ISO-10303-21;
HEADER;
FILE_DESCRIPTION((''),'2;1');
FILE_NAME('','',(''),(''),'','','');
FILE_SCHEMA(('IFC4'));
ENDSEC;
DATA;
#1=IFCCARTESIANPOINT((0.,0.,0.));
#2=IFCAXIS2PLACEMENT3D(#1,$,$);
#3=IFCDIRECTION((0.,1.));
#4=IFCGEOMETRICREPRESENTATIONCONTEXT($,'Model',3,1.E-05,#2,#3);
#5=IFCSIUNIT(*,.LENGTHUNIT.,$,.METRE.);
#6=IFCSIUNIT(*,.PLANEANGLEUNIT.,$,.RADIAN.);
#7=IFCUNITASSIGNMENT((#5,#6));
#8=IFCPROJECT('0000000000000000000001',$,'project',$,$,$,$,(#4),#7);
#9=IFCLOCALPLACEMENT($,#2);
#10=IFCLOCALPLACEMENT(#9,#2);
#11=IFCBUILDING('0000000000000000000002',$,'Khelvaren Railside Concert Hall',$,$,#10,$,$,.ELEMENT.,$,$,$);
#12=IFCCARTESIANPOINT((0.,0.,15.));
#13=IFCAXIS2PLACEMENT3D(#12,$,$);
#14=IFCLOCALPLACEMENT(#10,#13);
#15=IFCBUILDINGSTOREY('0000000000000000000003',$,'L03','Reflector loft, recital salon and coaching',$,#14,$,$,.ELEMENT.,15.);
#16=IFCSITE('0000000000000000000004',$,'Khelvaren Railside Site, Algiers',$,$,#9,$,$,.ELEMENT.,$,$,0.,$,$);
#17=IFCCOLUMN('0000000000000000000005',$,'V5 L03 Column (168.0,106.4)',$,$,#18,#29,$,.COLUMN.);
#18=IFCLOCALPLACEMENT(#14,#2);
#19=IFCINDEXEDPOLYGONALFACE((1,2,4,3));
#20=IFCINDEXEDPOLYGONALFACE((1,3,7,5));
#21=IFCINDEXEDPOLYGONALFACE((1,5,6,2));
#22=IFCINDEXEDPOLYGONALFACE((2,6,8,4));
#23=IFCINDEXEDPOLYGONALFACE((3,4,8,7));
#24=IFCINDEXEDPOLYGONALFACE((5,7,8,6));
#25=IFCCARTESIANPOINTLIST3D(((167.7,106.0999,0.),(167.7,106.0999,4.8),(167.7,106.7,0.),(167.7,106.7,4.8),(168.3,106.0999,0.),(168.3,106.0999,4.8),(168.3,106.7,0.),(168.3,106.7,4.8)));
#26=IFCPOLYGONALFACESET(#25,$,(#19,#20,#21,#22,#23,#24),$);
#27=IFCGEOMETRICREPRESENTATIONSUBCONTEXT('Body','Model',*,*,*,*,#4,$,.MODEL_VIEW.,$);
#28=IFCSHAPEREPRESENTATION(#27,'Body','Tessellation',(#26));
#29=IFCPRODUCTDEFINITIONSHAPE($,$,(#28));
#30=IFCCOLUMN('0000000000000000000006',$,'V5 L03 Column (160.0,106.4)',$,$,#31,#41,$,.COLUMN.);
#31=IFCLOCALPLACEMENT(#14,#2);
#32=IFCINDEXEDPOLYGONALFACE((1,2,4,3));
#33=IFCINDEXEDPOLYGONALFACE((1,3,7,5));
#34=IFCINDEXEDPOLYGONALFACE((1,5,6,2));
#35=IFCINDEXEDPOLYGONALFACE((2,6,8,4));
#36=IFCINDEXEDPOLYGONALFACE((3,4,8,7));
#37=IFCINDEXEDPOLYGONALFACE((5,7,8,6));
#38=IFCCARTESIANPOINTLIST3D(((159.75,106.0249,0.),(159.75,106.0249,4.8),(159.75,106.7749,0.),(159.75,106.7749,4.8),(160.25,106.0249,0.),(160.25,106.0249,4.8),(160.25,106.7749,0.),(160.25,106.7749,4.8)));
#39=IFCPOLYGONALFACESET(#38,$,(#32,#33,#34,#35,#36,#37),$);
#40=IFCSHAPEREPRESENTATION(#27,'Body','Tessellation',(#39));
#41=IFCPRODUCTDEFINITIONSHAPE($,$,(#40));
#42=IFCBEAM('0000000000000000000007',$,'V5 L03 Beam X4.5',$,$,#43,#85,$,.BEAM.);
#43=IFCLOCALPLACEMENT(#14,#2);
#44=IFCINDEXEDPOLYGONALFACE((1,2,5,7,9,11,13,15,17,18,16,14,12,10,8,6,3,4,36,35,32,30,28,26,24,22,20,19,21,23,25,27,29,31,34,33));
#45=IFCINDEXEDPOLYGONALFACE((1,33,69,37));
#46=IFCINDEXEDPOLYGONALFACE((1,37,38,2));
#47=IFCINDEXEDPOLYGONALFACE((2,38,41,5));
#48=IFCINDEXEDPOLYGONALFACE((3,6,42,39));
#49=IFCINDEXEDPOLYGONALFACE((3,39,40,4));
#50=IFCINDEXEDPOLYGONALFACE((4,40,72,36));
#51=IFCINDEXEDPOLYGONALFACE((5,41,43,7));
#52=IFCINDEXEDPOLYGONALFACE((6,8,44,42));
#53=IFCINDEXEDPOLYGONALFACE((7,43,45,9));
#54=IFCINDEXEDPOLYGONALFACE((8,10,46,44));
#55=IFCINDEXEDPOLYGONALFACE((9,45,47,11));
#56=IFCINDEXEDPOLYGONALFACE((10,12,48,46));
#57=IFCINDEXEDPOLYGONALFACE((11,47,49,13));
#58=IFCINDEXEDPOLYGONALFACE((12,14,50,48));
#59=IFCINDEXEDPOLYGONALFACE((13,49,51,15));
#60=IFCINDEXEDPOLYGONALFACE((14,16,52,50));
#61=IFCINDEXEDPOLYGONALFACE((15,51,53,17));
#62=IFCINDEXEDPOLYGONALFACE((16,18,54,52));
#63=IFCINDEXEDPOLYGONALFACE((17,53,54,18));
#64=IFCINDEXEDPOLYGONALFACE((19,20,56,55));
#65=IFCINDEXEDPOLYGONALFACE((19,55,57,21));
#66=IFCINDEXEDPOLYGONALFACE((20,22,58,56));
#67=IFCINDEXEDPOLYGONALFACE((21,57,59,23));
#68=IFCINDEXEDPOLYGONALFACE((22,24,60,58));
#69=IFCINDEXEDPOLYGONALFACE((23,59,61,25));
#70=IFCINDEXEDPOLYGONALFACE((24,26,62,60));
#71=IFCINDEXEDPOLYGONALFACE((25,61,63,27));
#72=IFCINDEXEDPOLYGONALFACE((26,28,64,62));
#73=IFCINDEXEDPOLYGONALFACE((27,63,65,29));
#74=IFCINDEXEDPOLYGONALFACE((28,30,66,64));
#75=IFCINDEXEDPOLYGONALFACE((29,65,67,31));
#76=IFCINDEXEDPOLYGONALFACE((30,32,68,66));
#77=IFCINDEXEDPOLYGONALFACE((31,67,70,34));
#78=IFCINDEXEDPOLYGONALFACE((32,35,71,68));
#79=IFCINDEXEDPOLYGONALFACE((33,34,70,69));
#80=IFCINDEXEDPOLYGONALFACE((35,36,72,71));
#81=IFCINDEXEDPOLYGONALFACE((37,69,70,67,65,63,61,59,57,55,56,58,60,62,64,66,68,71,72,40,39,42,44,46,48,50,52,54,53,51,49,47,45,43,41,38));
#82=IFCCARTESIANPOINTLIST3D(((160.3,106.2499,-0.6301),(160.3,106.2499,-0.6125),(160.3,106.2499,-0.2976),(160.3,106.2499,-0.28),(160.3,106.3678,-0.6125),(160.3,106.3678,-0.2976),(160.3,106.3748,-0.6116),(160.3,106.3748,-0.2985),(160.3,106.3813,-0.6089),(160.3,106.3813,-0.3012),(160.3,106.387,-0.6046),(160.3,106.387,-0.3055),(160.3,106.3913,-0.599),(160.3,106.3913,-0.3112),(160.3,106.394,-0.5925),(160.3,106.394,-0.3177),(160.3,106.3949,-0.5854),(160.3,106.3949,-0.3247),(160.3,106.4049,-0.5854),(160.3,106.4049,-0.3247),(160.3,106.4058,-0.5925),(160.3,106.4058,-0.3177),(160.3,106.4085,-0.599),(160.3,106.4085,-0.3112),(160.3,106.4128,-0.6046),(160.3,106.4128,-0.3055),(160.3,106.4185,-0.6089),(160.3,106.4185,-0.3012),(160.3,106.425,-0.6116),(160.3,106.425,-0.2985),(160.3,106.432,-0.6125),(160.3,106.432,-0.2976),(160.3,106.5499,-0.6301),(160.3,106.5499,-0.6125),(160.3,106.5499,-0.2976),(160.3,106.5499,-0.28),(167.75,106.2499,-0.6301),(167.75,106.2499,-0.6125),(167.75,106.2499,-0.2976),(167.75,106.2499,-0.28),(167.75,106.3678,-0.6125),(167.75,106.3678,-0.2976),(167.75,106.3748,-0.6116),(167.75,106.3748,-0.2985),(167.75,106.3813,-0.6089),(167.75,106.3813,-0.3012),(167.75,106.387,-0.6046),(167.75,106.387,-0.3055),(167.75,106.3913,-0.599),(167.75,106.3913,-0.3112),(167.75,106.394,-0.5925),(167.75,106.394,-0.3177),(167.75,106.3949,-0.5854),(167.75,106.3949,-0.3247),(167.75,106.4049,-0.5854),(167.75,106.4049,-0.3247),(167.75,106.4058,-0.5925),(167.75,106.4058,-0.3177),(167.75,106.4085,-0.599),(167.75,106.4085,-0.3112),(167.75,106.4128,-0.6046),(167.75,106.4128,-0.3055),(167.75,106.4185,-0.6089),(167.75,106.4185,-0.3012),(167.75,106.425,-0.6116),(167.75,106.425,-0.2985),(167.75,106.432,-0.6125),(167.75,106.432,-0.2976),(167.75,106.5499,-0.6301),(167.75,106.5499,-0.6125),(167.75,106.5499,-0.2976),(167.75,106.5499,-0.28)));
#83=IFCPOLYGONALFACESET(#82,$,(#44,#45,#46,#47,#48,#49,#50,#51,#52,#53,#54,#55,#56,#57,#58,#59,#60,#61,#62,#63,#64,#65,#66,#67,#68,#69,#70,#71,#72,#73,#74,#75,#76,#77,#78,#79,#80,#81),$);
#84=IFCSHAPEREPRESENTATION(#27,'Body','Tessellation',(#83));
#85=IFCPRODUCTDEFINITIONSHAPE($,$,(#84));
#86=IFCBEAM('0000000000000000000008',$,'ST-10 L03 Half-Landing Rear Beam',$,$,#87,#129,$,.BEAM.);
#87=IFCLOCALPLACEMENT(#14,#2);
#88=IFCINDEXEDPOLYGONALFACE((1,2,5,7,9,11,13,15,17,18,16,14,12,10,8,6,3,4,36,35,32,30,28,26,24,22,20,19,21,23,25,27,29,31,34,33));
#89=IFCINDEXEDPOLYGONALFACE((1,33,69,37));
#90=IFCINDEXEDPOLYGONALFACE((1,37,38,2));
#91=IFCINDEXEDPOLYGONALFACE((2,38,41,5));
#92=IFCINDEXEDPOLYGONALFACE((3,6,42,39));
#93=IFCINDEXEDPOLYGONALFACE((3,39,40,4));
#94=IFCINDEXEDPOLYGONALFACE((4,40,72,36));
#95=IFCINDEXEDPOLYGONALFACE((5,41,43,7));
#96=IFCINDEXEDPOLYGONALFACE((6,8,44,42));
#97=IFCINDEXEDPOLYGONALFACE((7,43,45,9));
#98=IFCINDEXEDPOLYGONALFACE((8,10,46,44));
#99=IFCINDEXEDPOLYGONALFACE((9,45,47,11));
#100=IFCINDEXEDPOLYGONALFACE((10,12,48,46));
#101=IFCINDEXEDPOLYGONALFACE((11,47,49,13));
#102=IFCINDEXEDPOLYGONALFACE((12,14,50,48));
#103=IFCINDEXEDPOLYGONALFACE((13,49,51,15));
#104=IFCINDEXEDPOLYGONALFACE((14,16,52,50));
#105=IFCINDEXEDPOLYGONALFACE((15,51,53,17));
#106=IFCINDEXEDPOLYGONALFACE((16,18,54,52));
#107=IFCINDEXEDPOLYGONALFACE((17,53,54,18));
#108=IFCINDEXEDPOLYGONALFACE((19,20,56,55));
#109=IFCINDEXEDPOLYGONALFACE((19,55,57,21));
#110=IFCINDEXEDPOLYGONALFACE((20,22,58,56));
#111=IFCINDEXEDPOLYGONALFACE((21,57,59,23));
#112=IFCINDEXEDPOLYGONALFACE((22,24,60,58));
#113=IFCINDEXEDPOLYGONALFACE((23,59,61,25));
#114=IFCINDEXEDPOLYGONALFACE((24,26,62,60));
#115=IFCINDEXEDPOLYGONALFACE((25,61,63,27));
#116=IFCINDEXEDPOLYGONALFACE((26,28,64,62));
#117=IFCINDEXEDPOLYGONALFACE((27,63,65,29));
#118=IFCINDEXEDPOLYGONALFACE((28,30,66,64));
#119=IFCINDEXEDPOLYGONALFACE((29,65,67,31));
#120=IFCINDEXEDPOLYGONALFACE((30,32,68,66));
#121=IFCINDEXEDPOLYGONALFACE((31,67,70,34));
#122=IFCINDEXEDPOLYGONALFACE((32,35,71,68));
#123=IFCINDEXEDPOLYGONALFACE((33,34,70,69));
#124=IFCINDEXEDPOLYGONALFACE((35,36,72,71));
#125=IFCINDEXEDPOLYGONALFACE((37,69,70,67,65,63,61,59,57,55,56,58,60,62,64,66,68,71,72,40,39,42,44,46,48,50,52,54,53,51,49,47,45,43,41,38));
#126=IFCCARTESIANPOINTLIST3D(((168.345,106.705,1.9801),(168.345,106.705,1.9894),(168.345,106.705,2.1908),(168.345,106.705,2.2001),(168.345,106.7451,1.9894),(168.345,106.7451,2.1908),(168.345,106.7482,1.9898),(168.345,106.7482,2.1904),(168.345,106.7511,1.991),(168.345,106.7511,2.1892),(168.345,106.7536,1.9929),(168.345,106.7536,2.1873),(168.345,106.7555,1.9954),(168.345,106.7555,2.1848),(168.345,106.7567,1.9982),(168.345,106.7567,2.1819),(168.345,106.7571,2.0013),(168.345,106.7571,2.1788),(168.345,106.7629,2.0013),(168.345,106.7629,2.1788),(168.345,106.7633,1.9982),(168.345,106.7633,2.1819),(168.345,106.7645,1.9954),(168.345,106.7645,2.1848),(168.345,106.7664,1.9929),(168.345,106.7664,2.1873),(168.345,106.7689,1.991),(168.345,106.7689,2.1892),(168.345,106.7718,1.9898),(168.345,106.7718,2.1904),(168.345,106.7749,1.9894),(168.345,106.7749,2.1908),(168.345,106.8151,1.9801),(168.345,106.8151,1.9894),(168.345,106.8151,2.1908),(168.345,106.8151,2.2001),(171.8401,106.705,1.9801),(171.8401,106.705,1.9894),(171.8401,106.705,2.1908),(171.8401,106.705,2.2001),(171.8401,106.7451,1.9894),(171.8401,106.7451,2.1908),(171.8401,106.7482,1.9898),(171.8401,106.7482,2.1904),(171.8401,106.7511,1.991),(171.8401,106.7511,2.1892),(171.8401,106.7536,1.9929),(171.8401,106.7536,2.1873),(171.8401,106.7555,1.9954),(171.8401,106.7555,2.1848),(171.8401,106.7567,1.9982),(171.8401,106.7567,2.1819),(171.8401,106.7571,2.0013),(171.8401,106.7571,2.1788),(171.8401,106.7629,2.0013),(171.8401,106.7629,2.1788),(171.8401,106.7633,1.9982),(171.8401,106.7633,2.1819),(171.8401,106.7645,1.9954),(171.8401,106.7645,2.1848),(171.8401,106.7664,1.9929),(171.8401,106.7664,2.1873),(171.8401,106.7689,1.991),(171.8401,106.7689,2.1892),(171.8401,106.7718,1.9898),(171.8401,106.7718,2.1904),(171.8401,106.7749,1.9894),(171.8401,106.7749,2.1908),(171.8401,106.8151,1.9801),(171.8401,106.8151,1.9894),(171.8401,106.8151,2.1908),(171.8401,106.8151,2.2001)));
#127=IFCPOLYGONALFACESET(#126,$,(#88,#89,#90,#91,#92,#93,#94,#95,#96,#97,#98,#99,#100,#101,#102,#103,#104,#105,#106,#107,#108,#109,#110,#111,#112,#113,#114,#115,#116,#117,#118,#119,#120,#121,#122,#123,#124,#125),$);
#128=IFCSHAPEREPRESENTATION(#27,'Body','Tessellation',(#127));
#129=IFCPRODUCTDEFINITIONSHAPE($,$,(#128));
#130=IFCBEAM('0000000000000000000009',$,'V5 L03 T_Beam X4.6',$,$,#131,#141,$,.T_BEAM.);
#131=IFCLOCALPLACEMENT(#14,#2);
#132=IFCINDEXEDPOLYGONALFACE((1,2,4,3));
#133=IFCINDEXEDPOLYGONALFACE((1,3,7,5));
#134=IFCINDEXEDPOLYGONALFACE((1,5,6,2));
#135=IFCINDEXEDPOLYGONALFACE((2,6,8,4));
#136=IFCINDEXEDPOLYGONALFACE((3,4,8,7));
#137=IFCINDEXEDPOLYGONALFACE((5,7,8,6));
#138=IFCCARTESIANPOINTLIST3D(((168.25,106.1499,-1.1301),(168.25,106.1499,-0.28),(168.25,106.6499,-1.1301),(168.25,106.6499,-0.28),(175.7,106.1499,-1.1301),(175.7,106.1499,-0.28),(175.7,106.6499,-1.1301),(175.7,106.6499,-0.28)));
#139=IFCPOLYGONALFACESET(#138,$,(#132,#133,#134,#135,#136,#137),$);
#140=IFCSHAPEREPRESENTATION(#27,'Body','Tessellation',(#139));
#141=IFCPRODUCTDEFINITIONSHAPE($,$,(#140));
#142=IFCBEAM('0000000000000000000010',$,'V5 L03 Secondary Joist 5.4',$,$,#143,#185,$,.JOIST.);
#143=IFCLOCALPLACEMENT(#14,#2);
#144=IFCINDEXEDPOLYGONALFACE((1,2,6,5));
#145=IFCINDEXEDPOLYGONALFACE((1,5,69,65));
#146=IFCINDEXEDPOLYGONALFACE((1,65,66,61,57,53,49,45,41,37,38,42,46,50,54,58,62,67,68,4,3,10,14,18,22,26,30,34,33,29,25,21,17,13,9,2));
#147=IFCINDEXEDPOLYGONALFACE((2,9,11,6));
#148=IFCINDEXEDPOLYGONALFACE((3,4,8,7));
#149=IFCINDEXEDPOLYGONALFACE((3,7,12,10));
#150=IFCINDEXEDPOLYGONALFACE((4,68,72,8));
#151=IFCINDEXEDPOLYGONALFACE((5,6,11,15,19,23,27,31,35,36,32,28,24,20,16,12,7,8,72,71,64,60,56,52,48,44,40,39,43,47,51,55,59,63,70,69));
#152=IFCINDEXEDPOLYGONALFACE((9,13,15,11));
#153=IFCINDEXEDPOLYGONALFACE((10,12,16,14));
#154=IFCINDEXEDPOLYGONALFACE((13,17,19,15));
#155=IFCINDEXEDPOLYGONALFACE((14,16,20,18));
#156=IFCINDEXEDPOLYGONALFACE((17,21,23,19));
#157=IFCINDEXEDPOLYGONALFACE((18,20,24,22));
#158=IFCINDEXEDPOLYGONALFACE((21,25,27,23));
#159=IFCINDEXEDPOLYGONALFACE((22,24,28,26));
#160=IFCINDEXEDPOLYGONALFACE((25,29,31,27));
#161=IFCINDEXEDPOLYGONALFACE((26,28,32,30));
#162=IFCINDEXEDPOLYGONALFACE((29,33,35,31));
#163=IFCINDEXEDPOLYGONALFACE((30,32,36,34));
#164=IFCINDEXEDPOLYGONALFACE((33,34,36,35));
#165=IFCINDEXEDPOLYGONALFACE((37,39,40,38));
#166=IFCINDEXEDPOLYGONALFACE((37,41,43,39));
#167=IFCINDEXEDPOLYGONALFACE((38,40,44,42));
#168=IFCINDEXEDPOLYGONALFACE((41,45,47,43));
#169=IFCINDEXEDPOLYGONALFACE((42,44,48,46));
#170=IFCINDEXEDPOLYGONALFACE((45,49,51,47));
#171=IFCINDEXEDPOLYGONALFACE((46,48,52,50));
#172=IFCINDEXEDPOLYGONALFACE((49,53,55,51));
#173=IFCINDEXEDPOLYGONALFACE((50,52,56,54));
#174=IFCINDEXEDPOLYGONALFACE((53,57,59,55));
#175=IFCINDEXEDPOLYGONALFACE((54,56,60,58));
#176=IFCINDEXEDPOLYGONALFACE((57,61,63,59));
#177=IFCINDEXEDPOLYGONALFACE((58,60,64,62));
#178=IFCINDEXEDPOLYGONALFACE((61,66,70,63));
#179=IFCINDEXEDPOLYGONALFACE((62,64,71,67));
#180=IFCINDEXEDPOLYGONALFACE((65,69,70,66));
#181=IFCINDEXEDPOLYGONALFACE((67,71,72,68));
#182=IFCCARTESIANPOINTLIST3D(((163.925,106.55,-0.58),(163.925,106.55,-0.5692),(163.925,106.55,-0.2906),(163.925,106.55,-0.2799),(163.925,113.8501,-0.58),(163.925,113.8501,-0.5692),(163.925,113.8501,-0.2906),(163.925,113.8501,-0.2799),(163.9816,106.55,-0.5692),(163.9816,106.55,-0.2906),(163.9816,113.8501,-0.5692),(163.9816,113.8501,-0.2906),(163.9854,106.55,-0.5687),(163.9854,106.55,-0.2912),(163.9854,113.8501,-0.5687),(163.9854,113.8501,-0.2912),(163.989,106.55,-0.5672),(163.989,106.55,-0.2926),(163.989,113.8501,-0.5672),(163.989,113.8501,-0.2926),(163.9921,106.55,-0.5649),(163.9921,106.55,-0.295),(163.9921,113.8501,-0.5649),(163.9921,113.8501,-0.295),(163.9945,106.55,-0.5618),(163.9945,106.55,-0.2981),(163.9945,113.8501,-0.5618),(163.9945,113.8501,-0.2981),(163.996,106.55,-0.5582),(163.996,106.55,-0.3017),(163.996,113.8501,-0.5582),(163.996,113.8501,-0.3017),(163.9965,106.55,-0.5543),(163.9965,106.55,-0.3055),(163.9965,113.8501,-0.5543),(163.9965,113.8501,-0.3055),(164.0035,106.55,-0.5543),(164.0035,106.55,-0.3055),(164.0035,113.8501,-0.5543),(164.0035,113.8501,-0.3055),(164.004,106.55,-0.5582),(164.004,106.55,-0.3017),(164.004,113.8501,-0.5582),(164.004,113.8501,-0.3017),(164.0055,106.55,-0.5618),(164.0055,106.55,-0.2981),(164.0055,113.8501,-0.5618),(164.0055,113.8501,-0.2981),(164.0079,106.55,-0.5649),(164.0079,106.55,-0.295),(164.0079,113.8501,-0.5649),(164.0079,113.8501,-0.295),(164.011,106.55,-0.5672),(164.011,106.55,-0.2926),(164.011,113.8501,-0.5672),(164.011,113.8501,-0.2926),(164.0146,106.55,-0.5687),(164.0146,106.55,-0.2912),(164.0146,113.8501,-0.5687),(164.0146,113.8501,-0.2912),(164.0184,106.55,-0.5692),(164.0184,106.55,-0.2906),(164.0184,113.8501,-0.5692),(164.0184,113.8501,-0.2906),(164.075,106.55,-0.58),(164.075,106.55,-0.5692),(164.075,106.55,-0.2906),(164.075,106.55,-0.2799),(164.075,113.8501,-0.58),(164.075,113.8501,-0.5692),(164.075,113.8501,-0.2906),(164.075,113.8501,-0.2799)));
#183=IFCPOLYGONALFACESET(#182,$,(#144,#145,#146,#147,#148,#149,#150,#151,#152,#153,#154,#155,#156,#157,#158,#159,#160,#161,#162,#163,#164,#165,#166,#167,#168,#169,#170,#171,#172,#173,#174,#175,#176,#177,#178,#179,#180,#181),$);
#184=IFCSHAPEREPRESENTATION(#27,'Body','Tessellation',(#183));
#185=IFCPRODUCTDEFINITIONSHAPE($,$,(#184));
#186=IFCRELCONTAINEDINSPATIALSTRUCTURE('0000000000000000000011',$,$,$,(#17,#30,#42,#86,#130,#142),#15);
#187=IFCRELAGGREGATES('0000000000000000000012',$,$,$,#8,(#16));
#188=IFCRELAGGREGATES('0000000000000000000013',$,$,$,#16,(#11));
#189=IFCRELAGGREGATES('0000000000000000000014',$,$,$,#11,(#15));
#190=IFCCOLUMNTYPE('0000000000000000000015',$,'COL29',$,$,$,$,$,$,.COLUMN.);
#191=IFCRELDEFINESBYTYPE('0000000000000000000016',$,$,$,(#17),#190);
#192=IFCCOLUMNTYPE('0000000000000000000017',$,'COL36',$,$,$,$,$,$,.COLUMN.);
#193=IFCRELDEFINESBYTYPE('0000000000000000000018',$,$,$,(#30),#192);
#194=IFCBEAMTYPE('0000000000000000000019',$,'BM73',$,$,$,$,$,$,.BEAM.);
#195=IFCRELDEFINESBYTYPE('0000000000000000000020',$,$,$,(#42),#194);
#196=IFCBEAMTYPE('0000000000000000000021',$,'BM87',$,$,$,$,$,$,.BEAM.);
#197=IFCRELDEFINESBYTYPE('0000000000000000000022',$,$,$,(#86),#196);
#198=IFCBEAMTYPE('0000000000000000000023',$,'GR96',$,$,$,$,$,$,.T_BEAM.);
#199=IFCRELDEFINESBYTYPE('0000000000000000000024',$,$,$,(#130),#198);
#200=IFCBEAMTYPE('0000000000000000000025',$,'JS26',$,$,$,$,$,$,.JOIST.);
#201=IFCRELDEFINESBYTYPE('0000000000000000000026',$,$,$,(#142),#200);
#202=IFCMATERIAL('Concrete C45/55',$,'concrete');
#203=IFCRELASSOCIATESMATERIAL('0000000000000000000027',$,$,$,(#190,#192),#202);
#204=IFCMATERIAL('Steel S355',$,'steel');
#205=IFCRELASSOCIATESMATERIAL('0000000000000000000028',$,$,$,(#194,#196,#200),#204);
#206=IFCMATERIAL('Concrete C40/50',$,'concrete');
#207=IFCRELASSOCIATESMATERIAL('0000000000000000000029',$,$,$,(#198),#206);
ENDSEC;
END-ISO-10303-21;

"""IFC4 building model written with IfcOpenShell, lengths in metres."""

from ifc_helpers import new_model, si_unit, direction, frame, origin, origin_2d, place, context, subcontext, project, spatial, rectangle, i_section, extrude, material, material_profile, profile_set, type_object, element, save


model = new_model("IFC4")

# Units and contexts
model_context = context("Model", 3, precision=1e-05, world=origin(), true_north=direction((0.0, 1.0)))
body_context = subcontext(model_context, "Body", "Model", "MODEL_VIEW")
ifc_project = project(units=[si_unit("LENGTHUNIT", "METRE"), si_unit("PLANEANGLEUNIT", "RADIAN")], contexts=[model_context])

# Site, building, storey
site_placement = place(None, origin())
site = spatial("IfcSite", under=ifc_project, at=site_placement, Name="Khelvaren Railside Site, Algiers", CompositionType="ELEMENT", RefElevation=0.0)
building_placement = place(site_placement, origin())
building = spatial("IfcBuilding", under=site, at=building_placement, Name="Khelvaren Railside Concert Hall", CompositionType="ELEMENT")
storey_placement = place(building_placement, frame((0.0, 0.0, 15.0)))
storey = spatial("IfcBuildingStorey", under=building, at=storey_placement, Name="L03", Description="Reflector loft, recital salon and coaching", CompositionType="ELEMENT", Elevation=15.0)

# Columns
ifc_material_1 = material(Name="Concrete C45/55", Category="concrete")
ifc_material_profile_1 = material_profile(ifc_material_1, rectangle(XDim=0.6001, YDim=0.6001, at=origin_2d()), Name="RC 600x600")
ifc_profile_set_1 = profile_set([ifc_material_profile_1], Name="Concrete C45/55")
column_type_1 = type_object("IfcColumnType", Name="COL29", PredefinedType="COLUMN", material=ifc_profile_set_1)
column_1_placement = place(storey_placement, frame((168.0, 106.3999, 0.0), z_axis=(0.0, 0.0, 1.0), x_axis=(1.0, 0.0, 0.0)))
element("IfcColumn", 1, at=column_1_placement, inside=storey, type_object=column_type_1, Name="V5 L03 Column (168.0,106.4)", PredefinedType="COLUMN", context=body_context, shape_type="SweptSolid", body=[
    extrude(rectangle(XDim=0.6001, YDim=0.6001, at=origin_2d()), origin(), (0.0, 0.0, 1.0), 4.8),
])
ifc_material_profile_2 = material_profile(ifc_material_1, rectangle(XDim=0.5, YDim=0.75, at=origin_2d()), Name="RC 500x750")
ifc_profile_set_2 = profile_set([ifc_material_profile_2], Name="Concrete C45/55")
column_type_2 = type_object("IfcColumnType", Name="COL36", PredefinedType="COLUMN", material=ifc_profile_set_2)
column_2_placement = place(storey_placement, frame((160.0, 106.3999, 0.0), z_axis=(0.0, 0.0, 1.0), x_axis=(1.0, 0.0, 0.0)))
element("IfcColumn", 2, at=column_2_placement, inside=storey, type_object=column_type_2, Name="V5 L03 Column (160.0,106.4)", PredefinedType="COLUMN", context=body_context, shape_type="SweptSolid", body=[
    extrude(rectangle(XDim=0.5, YDim=0.75, at=origin_2d()), origin(), (0.0, 0.0, 1.0), 4.8),
])

# Beams
ifc_material_2 = material(Name="Steel S355", Category="steel")
ifc_material_profile_3 = material_profile(ifc_material_2, i_section(OverallWidth=0.3, OverallDepth=0.3501, WebThickness=0.01, FlangeThickness=0.0176, FilletRadius=0.0271, at=origin_2d()), Name="HEA 360")
ifc_profile_set_3 = profile_set([ifc_material_profile_3], Name="Steel S355")
beam_type_1 = type_object("IfcBeamType", Name="BM73", PredefinedType="BEAM", material=ifc_profile_set_3)
beam_1_placement = place(storey_placement, frame((160.3, 106.3999, -0.4551), z_axis=(1.0, 0.0, 0.0), x_axis=(0.0, 1.0, 0.0)))
element("IfcBeam", 3, at=beam_1_placement, inside=storey, type_object=beam_type_1, Name="V5 L03 Beam X4.5", PredefinedType="BEAM", context=body_context, shape_type="SweptSolid", body=[
    extrude(i_section(OverallWidth=0.3, OverallDepth=0.3501, WebThickness=0.01, FlangeThickness=0.0176, FilletRadius=0.0271, at=origin_2d()), origin(), (0.0, 0.0, 1.0), 7.45),
])
ifc_material_profile_4 = material_profile(ifc_material_2, i_section(OverallWidth=0.1101, OverallDepth=0.22, WebThickness=0.0059, FlangeThickness=0.0093, FilletRadius=0.012, at=origin_2d()), Name="IPE 220")
ifc_profile_set_4 = profile_set([ifc_material_profile_4], Name="Steel S355")
beam_type_2 = type_object("IfcBeamType", Name="BM87", PredefinedType="BEAM", material=ifc_profile_set_4)
beam_2_placement = place(storey_placement, frame((168.345, 106.76, 2.0901), z_axis=(1.0, 0.0, 0.0), x_axis=(0.0, 1.0, 0.0)))
element("IfcBeam", 4, at=beam_2_placement, inside=storey, type_object=beam_type_2, Name="ST-10 L03 Half-Landing Rear Beam", PredefinedType="BEAM", context=body_context, shape_type="SweptSolid", body=[
    extrude(i_section(OverallWidth=0.1101, OverallDepth=0.22, WebThickness=0.0059, FlangeThickness=0.0093, FilletRadius=0.012, at=origin_2d()), origin(), (0.0, 0.0, 1.0), 3.4951),
])
ifc_material_3 = material(Name="Concrete C40/50", Category="concrete")
ifc_material_profile_5 = material_profile(ifc_material_3, rectangle(XDim=0.5, YDim=0.8501, at=origin_2d()), Name="RCB 500x850")
ifc_profile_set_5 = profile_set([ifc_material_profile_5], Name="Concrete C40/50")
beam_type_3 = type_object("IfcBeamType", Name="GR96", PredefinedType="T_BEAM", material=ifc_profile_set_5)
beam_3_placement = place(storey_placement, frame((168.25, 106.3999, -0.7051), z_axis=(1.0, 0.0, 0.0), x_axis=(0.0, 1.0, 0.0)))
element("IfcBeam", 5, at=beam_3_placement, inside=storey, type_object=beam_type_3, Name="V5 L03 T_Beam X4.6", PredefinedType="T_BEAM", context=body_context, shape_type="SweptSolid", body=[
    extrude(rectangle(XDim=0.5, YDim=0.8501, at=origin_2d()), origin(), (0.0, 0.0, 1.0), 7.45),
])
ifc_material_profile_6 = material_profile(ifc_material_2, i_section(OverallWidth=0.1499, OverallDepth=0.3, WebThickness=0.0071, FlangeThickness=0.0107, FilletRadius=0.0149, at=origin_2d()), Name="IPE 300")
ifc_profile_set_6 = profile_set([ifc_material_profile_6], Name="Steel S355")
beam_type_4 = type_object("IfcBeamType", Name="JS26", PredefinedType="JOIST", material=ifc_profile_set_6)
beam_4_placement = place(storey_placement, frame((164.0, 106.55, -0.4299), z_axis=(0.0, 1.0, 0.0), x_axis=(-1.0, 0.0, 0.0)))
element("IfcBeam", 6, at=beam_4_placement, inside=storey, type_object=beam_type_4, Name="V5 L03 Secondary Joist 5.4", PredefinedType="JOIST", context=body_context, shape_type="SweptSolid", body=[
    extrude(i_section(OverallWidth=0.1499, OverallDepth=0.3, WebThickness=0.0071, FlangeThickness=0.0107, FilletRadius=0.0149, at=origin_2d()), origin(), (0.0, 0.0, 1.0), 7.3),
])

save(model, "model.ifc")
